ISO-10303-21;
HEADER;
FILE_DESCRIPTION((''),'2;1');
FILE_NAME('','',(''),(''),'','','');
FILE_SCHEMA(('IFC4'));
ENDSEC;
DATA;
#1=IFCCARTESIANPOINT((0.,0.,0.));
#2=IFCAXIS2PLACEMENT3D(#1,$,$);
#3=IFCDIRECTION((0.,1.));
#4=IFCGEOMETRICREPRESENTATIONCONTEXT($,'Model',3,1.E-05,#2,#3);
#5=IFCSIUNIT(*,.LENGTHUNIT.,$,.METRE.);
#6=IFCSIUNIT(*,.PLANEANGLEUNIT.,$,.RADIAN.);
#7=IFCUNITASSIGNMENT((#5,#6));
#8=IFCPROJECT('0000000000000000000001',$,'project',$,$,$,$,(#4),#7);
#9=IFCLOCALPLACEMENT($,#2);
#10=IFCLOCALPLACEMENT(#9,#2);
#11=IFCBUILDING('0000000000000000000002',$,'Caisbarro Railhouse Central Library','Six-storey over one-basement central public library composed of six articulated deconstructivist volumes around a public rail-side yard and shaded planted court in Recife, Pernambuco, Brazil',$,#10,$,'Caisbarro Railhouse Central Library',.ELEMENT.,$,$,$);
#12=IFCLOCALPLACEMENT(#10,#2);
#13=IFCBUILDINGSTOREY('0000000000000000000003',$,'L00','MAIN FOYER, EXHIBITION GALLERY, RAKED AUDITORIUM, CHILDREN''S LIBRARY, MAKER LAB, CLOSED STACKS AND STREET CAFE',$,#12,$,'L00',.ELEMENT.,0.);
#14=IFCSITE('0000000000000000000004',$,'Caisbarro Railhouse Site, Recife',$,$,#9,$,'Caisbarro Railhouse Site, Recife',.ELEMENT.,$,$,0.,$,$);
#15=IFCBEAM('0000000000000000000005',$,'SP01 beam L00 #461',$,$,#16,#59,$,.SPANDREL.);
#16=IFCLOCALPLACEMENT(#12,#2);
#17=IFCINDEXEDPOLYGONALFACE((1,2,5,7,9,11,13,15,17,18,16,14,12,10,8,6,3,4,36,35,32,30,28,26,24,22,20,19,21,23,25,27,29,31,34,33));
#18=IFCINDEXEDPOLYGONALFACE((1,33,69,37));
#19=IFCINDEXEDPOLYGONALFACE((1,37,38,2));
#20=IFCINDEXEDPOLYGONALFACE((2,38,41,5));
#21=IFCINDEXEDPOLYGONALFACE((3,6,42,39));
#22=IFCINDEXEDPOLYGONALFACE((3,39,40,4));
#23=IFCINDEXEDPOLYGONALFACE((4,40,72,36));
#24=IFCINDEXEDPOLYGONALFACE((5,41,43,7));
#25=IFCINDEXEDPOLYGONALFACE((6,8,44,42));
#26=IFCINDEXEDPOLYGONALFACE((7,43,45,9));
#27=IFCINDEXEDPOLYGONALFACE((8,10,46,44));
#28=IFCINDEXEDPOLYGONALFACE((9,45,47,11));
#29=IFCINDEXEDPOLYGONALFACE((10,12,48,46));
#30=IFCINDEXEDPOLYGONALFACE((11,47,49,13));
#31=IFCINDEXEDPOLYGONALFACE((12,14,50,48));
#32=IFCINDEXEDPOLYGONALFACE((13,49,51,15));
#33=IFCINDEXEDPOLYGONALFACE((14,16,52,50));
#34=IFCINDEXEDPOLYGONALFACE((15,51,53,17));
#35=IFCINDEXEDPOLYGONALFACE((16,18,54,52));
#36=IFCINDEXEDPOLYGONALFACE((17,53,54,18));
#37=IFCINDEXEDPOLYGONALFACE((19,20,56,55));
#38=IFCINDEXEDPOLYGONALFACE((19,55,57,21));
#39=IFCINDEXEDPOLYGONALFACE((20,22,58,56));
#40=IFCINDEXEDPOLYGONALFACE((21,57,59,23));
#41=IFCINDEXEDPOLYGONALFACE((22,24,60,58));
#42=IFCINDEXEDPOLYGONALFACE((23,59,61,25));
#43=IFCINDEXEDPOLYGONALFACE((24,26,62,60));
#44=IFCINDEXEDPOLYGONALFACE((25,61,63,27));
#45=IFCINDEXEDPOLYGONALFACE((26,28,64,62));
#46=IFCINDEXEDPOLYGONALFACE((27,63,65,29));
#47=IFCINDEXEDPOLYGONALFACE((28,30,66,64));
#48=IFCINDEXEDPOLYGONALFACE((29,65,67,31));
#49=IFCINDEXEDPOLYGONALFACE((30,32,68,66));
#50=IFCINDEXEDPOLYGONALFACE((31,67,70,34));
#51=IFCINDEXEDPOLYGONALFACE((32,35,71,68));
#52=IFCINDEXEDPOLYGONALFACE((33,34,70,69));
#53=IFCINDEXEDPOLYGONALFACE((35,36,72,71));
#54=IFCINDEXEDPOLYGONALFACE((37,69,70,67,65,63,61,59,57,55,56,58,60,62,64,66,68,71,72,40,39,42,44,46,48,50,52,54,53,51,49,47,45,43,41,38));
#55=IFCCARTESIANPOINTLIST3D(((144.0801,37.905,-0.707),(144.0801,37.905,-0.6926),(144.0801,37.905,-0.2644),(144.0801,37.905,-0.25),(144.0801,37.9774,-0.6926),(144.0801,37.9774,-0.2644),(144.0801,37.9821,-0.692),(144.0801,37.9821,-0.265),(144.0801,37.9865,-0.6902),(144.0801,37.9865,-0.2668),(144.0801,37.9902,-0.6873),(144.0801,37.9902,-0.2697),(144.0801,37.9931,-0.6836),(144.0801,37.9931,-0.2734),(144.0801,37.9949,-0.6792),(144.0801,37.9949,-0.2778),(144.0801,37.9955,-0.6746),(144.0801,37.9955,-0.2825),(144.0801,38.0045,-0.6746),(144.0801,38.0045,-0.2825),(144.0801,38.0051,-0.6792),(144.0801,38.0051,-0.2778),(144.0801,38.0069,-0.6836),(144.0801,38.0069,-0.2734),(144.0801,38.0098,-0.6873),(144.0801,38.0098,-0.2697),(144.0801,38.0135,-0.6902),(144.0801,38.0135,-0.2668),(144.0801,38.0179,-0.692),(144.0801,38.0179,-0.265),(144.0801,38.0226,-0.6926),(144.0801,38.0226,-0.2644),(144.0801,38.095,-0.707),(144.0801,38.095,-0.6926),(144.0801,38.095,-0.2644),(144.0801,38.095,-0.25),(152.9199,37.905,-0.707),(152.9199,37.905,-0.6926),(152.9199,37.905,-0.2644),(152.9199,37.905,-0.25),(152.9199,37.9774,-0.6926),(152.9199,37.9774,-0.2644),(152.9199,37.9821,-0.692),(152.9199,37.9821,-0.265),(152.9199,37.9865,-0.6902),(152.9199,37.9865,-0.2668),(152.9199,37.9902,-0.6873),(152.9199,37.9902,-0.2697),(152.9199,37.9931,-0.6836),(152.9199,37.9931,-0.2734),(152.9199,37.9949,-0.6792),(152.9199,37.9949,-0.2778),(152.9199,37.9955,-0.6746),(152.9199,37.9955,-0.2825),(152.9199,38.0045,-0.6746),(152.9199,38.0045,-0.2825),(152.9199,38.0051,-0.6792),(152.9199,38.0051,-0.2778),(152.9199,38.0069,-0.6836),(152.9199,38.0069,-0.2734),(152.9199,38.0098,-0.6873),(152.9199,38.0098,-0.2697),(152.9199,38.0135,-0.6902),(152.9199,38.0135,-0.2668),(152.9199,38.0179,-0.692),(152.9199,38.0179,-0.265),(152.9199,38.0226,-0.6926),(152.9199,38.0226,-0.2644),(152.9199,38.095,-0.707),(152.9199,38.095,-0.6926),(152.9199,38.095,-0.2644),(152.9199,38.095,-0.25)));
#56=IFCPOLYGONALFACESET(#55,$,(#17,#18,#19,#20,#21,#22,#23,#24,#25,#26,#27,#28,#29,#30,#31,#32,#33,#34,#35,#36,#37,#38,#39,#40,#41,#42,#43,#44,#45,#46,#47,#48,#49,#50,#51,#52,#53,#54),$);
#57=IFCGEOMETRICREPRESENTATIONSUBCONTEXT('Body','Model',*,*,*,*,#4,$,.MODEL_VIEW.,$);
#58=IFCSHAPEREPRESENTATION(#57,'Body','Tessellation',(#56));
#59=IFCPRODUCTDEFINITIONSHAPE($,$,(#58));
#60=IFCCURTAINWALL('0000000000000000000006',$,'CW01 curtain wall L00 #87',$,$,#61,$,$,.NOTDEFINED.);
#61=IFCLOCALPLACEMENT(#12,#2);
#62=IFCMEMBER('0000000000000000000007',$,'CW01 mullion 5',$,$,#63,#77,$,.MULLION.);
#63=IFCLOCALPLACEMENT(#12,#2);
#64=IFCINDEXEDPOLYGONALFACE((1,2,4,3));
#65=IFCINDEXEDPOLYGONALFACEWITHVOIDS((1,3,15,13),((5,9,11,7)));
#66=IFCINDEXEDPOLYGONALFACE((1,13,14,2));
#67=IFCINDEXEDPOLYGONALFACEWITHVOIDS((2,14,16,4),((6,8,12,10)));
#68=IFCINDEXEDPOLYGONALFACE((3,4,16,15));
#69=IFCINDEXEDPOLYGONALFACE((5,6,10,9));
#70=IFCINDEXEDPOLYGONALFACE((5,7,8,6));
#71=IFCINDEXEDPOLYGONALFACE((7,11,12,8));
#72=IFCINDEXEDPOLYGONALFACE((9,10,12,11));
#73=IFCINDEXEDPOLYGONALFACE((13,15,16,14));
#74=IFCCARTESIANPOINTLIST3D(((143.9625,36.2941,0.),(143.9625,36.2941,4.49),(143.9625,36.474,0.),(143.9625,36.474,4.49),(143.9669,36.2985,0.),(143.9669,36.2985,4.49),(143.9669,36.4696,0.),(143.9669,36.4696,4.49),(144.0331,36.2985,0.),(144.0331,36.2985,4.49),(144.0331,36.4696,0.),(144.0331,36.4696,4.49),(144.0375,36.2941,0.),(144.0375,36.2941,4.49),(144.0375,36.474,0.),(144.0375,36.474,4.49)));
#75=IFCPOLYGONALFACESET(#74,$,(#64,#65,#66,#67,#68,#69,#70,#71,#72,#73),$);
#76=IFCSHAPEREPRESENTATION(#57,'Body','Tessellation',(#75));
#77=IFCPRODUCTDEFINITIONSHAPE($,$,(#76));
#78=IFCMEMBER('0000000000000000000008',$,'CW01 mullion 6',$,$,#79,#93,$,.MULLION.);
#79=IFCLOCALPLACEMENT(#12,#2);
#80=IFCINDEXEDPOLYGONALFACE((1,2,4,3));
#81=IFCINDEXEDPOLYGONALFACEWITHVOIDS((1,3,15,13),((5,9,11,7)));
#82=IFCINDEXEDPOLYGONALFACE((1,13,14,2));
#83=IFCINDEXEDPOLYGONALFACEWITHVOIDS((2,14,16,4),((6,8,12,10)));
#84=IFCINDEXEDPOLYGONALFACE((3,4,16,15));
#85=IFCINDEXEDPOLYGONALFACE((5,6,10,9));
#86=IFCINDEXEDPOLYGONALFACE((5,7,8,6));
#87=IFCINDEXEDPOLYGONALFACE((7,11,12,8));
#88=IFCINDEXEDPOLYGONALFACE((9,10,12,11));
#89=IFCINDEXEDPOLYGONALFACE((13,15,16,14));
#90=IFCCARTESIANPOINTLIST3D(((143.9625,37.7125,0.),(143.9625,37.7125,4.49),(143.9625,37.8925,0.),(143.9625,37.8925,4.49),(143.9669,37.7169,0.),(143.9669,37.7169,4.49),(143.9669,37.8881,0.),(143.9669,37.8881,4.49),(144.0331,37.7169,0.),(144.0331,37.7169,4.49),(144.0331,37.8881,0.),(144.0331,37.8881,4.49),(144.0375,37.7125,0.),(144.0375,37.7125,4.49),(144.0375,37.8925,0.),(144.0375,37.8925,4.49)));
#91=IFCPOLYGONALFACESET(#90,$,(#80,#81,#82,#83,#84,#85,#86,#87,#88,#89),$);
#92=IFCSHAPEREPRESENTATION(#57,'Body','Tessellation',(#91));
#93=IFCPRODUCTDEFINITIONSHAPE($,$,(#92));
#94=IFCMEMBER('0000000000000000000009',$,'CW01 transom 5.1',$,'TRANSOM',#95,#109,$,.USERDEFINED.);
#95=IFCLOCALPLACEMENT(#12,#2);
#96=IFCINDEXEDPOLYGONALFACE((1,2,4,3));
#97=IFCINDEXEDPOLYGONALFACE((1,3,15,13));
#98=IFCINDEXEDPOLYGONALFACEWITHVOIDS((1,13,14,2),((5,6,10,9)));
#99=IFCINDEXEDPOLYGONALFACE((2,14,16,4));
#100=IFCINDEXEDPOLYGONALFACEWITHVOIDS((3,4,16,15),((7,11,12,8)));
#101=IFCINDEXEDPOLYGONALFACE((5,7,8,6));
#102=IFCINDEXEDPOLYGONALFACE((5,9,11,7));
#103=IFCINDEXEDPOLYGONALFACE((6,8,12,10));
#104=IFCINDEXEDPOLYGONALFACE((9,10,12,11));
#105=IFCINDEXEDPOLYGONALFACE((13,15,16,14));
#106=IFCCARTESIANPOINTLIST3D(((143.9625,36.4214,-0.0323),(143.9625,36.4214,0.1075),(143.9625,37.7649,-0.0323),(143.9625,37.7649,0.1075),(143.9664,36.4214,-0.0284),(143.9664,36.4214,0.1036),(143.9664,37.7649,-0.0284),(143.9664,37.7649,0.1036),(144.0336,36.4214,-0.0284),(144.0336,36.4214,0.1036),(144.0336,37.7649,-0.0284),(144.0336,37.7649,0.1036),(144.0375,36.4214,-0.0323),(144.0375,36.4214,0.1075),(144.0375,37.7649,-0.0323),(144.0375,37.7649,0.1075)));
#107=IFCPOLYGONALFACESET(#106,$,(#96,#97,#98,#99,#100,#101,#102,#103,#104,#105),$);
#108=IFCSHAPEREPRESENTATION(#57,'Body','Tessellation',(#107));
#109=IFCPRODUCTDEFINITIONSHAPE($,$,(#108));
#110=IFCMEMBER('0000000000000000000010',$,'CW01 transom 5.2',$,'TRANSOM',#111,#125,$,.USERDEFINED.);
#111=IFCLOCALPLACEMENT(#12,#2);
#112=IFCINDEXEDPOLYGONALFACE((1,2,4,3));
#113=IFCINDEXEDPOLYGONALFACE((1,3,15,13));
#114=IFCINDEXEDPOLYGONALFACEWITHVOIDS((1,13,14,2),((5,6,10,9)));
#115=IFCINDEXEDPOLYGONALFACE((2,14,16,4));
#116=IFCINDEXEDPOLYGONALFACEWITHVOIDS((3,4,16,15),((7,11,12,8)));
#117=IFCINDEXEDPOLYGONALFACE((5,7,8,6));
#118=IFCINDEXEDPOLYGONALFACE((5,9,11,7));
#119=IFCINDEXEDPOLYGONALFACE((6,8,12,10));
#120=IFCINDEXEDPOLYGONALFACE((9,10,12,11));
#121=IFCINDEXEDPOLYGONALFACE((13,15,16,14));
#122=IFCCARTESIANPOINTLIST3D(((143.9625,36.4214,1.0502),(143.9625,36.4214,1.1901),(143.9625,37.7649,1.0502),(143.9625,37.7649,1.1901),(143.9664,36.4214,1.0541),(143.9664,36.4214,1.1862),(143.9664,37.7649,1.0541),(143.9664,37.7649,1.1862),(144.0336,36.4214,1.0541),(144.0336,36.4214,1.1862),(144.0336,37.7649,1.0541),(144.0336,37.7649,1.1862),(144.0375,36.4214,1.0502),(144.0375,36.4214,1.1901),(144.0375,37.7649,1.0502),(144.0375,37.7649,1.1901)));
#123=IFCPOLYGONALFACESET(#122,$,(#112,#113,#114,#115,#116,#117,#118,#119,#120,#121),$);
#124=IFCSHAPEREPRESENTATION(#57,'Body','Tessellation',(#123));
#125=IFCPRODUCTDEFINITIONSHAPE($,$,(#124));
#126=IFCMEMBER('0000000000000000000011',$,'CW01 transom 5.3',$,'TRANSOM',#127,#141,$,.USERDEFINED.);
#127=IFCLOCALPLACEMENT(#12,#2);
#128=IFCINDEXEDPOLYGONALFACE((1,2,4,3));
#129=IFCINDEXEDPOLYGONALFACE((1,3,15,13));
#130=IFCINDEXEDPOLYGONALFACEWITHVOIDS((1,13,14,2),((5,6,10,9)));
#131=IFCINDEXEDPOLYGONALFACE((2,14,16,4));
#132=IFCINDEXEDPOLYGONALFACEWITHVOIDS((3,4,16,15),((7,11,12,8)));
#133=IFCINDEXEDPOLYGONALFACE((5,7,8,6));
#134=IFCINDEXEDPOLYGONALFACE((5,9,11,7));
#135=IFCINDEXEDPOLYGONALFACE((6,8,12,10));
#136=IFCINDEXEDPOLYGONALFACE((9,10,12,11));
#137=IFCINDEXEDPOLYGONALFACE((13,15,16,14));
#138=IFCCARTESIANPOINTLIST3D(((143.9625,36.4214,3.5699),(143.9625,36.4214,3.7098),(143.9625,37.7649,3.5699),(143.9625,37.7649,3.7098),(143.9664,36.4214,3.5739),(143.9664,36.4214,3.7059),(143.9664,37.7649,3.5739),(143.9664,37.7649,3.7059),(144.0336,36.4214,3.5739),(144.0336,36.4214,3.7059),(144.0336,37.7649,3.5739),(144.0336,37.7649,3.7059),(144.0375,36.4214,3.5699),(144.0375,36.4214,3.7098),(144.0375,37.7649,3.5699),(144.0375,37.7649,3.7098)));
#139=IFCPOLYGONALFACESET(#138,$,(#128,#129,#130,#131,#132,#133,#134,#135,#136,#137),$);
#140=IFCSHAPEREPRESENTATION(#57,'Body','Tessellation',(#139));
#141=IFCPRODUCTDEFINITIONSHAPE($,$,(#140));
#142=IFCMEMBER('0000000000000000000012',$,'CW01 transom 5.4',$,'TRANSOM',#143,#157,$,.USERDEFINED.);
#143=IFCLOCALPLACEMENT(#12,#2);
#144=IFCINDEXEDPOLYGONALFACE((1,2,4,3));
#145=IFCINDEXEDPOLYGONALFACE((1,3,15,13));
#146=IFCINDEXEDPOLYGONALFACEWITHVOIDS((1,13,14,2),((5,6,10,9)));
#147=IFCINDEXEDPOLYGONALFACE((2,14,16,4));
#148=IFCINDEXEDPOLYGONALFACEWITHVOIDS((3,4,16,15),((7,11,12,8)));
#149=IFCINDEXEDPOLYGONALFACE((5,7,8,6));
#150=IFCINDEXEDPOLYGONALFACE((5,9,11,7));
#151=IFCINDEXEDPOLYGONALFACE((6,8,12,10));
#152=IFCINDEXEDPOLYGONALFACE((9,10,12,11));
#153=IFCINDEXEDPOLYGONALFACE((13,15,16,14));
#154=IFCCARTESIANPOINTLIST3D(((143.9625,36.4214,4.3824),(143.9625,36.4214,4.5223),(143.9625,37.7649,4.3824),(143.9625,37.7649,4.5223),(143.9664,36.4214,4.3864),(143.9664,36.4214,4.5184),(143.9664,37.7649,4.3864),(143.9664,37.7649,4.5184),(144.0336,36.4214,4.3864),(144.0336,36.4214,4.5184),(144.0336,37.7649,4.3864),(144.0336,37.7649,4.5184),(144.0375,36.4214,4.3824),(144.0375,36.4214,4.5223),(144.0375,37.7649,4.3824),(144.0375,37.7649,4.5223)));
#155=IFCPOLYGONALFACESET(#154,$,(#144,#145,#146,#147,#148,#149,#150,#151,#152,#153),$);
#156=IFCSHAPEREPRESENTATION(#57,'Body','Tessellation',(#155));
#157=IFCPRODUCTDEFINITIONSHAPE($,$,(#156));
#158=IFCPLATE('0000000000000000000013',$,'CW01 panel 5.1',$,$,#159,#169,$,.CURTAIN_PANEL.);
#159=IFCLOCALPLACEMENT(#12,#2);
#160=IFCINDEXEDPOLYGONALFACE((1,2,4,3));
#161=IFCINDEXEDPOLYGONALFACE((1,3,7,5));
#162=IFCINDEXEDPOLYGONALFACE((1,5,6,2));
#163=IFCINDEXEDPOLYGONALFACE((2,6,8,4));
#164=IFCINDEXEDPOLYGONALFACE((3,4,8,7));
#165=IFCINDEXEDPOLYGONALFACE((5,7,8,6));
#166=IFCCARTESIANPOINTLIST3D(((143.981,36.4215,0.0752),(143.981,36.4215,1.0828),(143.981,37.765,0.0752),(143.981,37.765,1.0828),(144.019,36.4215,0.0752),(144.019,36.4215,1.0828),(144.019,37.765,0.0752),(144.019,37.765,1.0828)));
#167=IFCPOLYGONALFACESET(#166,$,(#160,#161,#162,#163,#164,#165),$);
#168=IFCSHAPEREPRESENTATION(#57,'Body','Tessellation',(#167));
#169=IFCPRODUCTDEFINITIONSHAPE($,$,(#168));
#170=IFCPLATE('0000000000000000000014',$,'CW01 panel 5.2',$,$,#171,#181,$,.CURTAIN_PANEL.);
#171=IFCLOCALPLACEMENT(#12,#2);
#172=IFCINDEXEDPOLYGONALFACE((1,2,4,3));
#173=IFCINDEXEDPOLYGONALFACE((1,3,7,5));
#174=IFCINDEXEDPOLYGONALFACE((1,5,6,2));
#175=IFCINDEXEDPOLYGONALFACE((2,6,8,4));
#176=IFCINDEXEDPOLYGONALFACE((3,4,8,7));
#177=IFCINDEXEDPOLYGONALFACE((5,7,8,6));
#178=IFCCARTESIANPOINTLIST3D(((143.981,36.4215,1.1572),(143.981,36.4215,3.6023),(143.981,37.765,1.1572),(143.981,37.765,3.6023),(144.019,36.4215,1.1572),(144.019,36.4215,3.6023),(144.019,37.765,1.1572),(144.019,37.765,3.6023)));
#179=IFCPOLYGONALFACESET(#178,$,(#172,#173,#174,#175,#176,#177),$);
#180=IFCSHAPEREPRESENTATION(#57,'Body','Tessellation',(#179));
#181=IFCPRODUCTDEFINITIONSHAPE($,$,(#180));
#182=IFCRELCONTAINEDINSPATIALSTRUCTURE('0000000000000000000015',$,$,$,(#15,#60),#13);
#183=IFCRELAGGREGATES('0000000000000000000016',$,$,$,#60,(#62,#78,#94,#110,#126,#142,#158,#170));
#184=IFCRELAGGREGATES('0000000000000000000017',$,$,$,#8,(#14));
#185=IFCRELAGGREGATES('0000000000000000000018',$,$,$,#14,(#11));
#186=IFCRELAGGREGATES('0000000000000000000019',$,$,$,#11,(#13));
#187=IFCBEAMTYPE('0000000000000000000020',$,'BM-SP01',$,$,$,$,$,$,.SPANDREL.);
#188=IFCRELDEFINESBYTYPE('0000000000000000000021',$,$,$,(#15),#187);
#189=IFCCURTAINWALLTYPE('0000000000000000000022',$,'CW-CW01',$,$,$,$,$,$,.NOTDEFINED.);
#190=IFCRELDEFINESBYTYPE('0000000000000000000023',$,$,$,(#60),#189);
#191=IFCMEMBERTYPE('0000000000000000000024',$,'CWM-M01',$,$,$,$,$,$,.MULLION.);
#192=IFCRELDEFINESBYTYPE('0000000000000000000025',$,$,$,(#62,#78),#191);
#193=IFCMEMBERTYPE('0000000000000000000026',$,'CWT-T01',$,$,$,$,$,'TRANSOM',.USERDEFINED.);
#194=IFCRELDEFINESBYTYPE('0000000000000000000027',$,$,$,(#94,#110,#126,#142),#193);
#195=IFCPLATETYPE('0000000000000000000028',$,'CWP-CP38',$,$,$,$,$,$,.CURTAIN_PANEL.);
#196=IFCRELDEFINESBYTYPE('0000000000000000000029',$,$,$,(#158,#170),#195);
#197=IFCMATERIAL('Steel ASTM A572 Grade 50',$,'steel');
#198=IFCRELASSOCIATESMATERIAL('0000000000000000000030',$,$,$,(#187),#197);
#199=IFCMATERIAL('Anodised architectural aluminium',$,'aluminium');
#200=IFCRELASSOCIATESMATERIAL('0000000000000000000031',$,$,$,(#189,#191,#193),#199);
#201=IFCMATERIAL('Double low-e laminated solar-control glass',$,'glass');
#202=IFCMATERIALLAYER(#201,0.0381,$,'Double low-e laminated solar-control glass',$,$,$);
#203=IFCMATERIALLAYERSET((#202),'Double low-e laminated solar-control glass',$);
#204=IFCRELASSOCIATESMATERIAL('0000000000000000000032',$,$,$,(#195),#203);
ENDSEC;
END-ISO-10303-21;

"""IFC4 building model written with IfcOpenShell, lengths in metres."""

from ifc_helpers import new_model, si_unit, direction, frame, origin, origin_2d, place, context, subcontext, project, spatial, rectangle, hollow_rectangle, i_section, extrude, material, layer, layer_set, material_profile, profile_set, type_object, element, aggregate, save


model = new_model("IFC4")

# Units and contexts
model_context = context("Model", 3, precision=1e-05, world=origin(), true_north=direction((0.0, 1.0)))
body_context = subcontext(model_context, "Body", "Model", "MODEL_VIEW")
ifc_project = project(units=[si_unit("LENGTHUNIT", "METRE"), si_unit("PLANEANGLEUNIT", "RADIAN")], contexts=[model_context])

# Site, building, storey
site_placement = place(None, origin())
site = spatial("IfcSite", under=ifc_project, at=site_placement, Name="Caisbarro Railhouse Site, Recife", LongName="Caisbarro Railhouse Site, Recife", CompositionType="ELEMENT", RefElevation=0.0)
building_placement = place(site_placement, origin())
building = spatial("IfcBuilding", under=site, at=building_placement, Name="Caisbarro Railhouse Central Library", Description="Six-storey over one-basement central public library composed of six articulated deconstructivist volumes around a public rail-side yard and shaded planted court in Recife, Pernambuco, Brazil", LongName="Caisbarro Railhouse Central Library", CompositionType="ELEMENT")
storey_placement = place(building_placement, origin())
storey = spatial("IfcBuildingStorey", under=building, at=storey_placement, Name="L00", Description="MAIN FOYER, EXHIBITION GALLERY, RAKED AUDITORIUM, CHILDREN'S LIBRARY, MAKER LAB, CLOSED STACKS AND STREET CAFE", LongName="L00", CompositionType="ELEMENT", Elevation=0.0)

# Shared definitions
ifc_material_1 = material(Name="Steel ASTM A572 Grade 50", Category="steel")

# Beam
ifc_material_profile_1 = material_profile(ifc_material_1, i_section(OverallWidth=0.1899, OverallDepth=0.457, WebThickness=0.009, FlangeThickness=0.0144, FilletRadius=0.0181, at=origin_2d()), Name="W460X74.0")
ifc_profile_set_1 = profile_set([ifc_material_profile_1], Name="Steel ASTM A572 Grade 50")
beam_type_1 = type_object("IfcBeamType", Name="BM-SP01", PredefinedType="SPANDREL", material=ifc_profile_set_1)
beam_1_placement = place(storey_placement, frame((144.0801, 38.0, -0.4785), z_axis=(1.0, 0.0, 0.0), x_axis=(0.0, 1.0, 0.0)))
element("IfcBeam", 1, at=beam_1_placement, inside=storey, type_object=beam_type_1, Name="SP01 beam L00 #461", PredefinedType="SPANDREL", context=body_context, shape_type="SweptSolid", body=[
    extrude(i_section(OverallWidth=0.1899, OverallDepth=0.457, WebThickness=0.009, FlangeThickness=0.0144, FilletRadius=0.0181, at=origin_2d()), origin(), (0.0, 0.0, 1.0), 8.8398),
])

# Curtain wall, members, plates
ifc_material_2 = material(Name="Anodised architectural aluminium", Category="aluminium")
curtain_wall_type = type_object("IfcCurtainWallType", Name="CW-CW01", PredefinedType="NOTDEFINED", material=ifc_material_2)
curtain_wall_placement = place(storey_placement, origin())
curtain_wall = element("IfcCurtainWall", 2, at=curtain_wall_placement, inside=storey, type_object=curtain_wall_type, Name="CW01 curtain wall L00 #87", PredefinedType="NOTDEFINED")
ifc_material_profile_2 = material_profile(ifc_material_2, hollow_rectangle(XDim=0.075, YDim=0.1799, WallThickness=0.0044, at=origin_2d()), Name="ALU-MUL-75X180")
ifc_profile_set_2 = profile_set([ifc_material_profile_2], Name="Anodised architectural aluminium")
member_type_1 = type_object("IfcMemberType", Name="CWM-M01", PredefinedType="MULLION", material=ifc_profile_set_2)
member_1_placement = place(storey_placement, frame((144.0, 36.384, 0.0), z_axis=(0.0, 0.0, 1.0), x_axis=(-1.0, 0.0, 0.0)))
member_1 = element("IfcMember", 3, at=member_1_placement, type_object=member_type_1, Name="CW01 mullion 5", PredefinedType="MULLION", context=body_context, shape_type="SweptSolid", body=[
    extrude(hollow_rectangle(XDim=0.075, YDim=0.1799, WallThickness=0.0044, at=origin_2d()), origin(), (0.0, 0.0, 1.0), 4.49),
])
member_2_placement = place(storey_placement, frame((144.0, 37.8025, 0.0), z_axis=(0.0, 0.0, 1.0), x_axis=(-1.0, 0.0, 0.0)))
member_2 = element("IfcMember", 4, at=member_2_placement, type_object=member_type_1, Name="CW01 mullion 6", PredefinedType="MULLION", context=body_context, shape_type="SweptSolid", body=[
    extrude(hollow_rectangle(XDim=0.075, YDim=0.1799, WallThickness=0.0044, at=origin_2d()), origin(), (0.0, 0.0, 1.0), 4.49),
])
ifc_material_profile_3 = material_profile(ifc_material_2, hollow_rectangle(XDim=0.075, YDim=0.1399, WallThickness=0.0039, at=origin_2d()), Name="ALU-TRN-75X140")
ifc_profile_set_3 = profile_set([ifc_material_profile_3], Name="Anodised architectural aluminium")
member_type_2 = type_object("IfcMemberType", Name="CWT-T01", ElementType="TRANSOM", PredefinedType="USERDEFINED", material=ifc_profile_set_3)
member_3_placement = place(storey_placement, frame((144.0, 36.4214, 0.0376), z_axis=(0.0, 1.0, 0.0), x_axis=(-1.0, 0.0, 0.0)))
member_3 = element("IfcMember", 5, at=member_3_placement, type_object=member_type_2, Name="CW01 transom 5.1", ObjectType="TRANSOM", PredefinedType="USERDEFINED", context=body_context, shape_type="SweptSolid", body=[
    extrude(hollow_rectangle(XDim=0.075, YDim=0.1399, WallThickness=0.0039, at=origin_2d()), origin(), (0.0, 0.0, 1.0), 1.3435),
])
member_4_placement = place(storey_placement, frame((144.0, 36.4214, 1.1201), z_axis=(0.0, 1.0, 0.0), x_axis=(-1.0, 0.0, 0.0)))
member_4 = element("IfcMember", 6, at=member_4_placement, type_object=member_type_2, Name="CW01 transom 5.2", ObjectType="TRANSOM", PredefinedType="USERDEFINED", context=body_context, shape_type="SweptSolid", body=[
    extrude(hollow_rectangle(XDim=0.075, YDim=0.1399, WallThickness=0.0039, at=origin_2d()), origin(), (0.0, 0.0, 1.0), 1.3435),
])
member_5_placement = place(storey_placement, frame((144.0, 36.4214, 3.6399), z_axis=(0.0, 1.0, 0.0), x_axis=(-1.0, 0.0, 0.0)))
member_5 = element("IfcMember", 7, at=member_5_placement, type_object=member_type_2, Name="CW01 transom 5.3", ObjectType="TRANSOM", PredefinedType="USERDEFINED", context=body_context, shape_type="SweptSolid", body=[
    extrude(hollow_rectangle(XDim=0.075, YDim=0.1399, WallThickness=0.0039, at=origin_2d()), origin(), (0.0, 0.0, 1.0), 1.3435),
])
member_6_placement = place(storey_placement, frame((144.0, 36.4214, 4.4524), z_axis=(0.0, 1.0, 0.0), x_axis=(-1.0, 0.0, 0.0)))
member_6 = element("IfcMember", 8, at=member_6_placement, type_object=member_type_2, Name="CW01 transom 5.4", ObjectType="TRANSOM", PredefinedType="USERDEFINED", context=body_context, shape_type="SweptSolid", body=[
    extrude(hollow_rectangle(XDim=0.075, YDim=0.1399, WallThickness=0.0039, at=origin_2d()), origin(), (0.0, 0.0, 1.0), 1.3435),
])
ifc_material_3 = material(Name="Double low-e laminated solar-control glass", Category="glass")
ifc_layer_1 = layer(ifc_material_3, 0.0381, Name="Double low-e laminated solar-control glass")
ifc_layer_set_1 = layer_set([ifc_layer_1], Name="Double low-e laminated solar-control glass")
plate_type = type_object("IfcPlateType", Name="CWP-CP38", PredefinedType="CURTAIN_PANEL", material=ifc_layer_set_1)
plate_1_placement = place(storey_placement, frame((144.0, 37.0933, 0.0752), z_axis=(0.0, 0.0, 1.0), x_axis=(0.0, 1.0, 0.0)))
plate_1 = element("IfcPlate", 9, at=plate_1_placement, type_object=plate_type, Name="CW01 panel 5.1", PredefinedType="CURTAIN_PANEL", context=body_context, shape_type="SweptSolid", body=[
    extrude(rectangle(XDim=1.3435, YDim=0.0381, at=origin_2d()), origin(), (0.0, 0.0, 1.0), 1.0076),
])
plate_2_placement = place(storey_placement, frame((144.0, 37.0933, 1.1572), z_axis=(0.0, 0.0, 1.0), x_axis=(0.0, 1.0, 0.0)))
plate_2 = element("IfcPlate", 10, at=plate_2_placement, type_object=plate_type, Name="CW01 panel 5.2", PredefinedType="CURTAIN_PANEL", context=body_context, shape_type="SweptSolid", body=[
    extrude(rectangle(XDim=1.3435, YDim=0.0381, at=origin_2d()), origin(), (0.0, 0.0, 1.0), 2.4451),
])
aggregate(curtain_wall, [member_1, member_2, member_3, member_4, member_5, member_6, plate_1, plate_2])

save(model, "model.ifc")
